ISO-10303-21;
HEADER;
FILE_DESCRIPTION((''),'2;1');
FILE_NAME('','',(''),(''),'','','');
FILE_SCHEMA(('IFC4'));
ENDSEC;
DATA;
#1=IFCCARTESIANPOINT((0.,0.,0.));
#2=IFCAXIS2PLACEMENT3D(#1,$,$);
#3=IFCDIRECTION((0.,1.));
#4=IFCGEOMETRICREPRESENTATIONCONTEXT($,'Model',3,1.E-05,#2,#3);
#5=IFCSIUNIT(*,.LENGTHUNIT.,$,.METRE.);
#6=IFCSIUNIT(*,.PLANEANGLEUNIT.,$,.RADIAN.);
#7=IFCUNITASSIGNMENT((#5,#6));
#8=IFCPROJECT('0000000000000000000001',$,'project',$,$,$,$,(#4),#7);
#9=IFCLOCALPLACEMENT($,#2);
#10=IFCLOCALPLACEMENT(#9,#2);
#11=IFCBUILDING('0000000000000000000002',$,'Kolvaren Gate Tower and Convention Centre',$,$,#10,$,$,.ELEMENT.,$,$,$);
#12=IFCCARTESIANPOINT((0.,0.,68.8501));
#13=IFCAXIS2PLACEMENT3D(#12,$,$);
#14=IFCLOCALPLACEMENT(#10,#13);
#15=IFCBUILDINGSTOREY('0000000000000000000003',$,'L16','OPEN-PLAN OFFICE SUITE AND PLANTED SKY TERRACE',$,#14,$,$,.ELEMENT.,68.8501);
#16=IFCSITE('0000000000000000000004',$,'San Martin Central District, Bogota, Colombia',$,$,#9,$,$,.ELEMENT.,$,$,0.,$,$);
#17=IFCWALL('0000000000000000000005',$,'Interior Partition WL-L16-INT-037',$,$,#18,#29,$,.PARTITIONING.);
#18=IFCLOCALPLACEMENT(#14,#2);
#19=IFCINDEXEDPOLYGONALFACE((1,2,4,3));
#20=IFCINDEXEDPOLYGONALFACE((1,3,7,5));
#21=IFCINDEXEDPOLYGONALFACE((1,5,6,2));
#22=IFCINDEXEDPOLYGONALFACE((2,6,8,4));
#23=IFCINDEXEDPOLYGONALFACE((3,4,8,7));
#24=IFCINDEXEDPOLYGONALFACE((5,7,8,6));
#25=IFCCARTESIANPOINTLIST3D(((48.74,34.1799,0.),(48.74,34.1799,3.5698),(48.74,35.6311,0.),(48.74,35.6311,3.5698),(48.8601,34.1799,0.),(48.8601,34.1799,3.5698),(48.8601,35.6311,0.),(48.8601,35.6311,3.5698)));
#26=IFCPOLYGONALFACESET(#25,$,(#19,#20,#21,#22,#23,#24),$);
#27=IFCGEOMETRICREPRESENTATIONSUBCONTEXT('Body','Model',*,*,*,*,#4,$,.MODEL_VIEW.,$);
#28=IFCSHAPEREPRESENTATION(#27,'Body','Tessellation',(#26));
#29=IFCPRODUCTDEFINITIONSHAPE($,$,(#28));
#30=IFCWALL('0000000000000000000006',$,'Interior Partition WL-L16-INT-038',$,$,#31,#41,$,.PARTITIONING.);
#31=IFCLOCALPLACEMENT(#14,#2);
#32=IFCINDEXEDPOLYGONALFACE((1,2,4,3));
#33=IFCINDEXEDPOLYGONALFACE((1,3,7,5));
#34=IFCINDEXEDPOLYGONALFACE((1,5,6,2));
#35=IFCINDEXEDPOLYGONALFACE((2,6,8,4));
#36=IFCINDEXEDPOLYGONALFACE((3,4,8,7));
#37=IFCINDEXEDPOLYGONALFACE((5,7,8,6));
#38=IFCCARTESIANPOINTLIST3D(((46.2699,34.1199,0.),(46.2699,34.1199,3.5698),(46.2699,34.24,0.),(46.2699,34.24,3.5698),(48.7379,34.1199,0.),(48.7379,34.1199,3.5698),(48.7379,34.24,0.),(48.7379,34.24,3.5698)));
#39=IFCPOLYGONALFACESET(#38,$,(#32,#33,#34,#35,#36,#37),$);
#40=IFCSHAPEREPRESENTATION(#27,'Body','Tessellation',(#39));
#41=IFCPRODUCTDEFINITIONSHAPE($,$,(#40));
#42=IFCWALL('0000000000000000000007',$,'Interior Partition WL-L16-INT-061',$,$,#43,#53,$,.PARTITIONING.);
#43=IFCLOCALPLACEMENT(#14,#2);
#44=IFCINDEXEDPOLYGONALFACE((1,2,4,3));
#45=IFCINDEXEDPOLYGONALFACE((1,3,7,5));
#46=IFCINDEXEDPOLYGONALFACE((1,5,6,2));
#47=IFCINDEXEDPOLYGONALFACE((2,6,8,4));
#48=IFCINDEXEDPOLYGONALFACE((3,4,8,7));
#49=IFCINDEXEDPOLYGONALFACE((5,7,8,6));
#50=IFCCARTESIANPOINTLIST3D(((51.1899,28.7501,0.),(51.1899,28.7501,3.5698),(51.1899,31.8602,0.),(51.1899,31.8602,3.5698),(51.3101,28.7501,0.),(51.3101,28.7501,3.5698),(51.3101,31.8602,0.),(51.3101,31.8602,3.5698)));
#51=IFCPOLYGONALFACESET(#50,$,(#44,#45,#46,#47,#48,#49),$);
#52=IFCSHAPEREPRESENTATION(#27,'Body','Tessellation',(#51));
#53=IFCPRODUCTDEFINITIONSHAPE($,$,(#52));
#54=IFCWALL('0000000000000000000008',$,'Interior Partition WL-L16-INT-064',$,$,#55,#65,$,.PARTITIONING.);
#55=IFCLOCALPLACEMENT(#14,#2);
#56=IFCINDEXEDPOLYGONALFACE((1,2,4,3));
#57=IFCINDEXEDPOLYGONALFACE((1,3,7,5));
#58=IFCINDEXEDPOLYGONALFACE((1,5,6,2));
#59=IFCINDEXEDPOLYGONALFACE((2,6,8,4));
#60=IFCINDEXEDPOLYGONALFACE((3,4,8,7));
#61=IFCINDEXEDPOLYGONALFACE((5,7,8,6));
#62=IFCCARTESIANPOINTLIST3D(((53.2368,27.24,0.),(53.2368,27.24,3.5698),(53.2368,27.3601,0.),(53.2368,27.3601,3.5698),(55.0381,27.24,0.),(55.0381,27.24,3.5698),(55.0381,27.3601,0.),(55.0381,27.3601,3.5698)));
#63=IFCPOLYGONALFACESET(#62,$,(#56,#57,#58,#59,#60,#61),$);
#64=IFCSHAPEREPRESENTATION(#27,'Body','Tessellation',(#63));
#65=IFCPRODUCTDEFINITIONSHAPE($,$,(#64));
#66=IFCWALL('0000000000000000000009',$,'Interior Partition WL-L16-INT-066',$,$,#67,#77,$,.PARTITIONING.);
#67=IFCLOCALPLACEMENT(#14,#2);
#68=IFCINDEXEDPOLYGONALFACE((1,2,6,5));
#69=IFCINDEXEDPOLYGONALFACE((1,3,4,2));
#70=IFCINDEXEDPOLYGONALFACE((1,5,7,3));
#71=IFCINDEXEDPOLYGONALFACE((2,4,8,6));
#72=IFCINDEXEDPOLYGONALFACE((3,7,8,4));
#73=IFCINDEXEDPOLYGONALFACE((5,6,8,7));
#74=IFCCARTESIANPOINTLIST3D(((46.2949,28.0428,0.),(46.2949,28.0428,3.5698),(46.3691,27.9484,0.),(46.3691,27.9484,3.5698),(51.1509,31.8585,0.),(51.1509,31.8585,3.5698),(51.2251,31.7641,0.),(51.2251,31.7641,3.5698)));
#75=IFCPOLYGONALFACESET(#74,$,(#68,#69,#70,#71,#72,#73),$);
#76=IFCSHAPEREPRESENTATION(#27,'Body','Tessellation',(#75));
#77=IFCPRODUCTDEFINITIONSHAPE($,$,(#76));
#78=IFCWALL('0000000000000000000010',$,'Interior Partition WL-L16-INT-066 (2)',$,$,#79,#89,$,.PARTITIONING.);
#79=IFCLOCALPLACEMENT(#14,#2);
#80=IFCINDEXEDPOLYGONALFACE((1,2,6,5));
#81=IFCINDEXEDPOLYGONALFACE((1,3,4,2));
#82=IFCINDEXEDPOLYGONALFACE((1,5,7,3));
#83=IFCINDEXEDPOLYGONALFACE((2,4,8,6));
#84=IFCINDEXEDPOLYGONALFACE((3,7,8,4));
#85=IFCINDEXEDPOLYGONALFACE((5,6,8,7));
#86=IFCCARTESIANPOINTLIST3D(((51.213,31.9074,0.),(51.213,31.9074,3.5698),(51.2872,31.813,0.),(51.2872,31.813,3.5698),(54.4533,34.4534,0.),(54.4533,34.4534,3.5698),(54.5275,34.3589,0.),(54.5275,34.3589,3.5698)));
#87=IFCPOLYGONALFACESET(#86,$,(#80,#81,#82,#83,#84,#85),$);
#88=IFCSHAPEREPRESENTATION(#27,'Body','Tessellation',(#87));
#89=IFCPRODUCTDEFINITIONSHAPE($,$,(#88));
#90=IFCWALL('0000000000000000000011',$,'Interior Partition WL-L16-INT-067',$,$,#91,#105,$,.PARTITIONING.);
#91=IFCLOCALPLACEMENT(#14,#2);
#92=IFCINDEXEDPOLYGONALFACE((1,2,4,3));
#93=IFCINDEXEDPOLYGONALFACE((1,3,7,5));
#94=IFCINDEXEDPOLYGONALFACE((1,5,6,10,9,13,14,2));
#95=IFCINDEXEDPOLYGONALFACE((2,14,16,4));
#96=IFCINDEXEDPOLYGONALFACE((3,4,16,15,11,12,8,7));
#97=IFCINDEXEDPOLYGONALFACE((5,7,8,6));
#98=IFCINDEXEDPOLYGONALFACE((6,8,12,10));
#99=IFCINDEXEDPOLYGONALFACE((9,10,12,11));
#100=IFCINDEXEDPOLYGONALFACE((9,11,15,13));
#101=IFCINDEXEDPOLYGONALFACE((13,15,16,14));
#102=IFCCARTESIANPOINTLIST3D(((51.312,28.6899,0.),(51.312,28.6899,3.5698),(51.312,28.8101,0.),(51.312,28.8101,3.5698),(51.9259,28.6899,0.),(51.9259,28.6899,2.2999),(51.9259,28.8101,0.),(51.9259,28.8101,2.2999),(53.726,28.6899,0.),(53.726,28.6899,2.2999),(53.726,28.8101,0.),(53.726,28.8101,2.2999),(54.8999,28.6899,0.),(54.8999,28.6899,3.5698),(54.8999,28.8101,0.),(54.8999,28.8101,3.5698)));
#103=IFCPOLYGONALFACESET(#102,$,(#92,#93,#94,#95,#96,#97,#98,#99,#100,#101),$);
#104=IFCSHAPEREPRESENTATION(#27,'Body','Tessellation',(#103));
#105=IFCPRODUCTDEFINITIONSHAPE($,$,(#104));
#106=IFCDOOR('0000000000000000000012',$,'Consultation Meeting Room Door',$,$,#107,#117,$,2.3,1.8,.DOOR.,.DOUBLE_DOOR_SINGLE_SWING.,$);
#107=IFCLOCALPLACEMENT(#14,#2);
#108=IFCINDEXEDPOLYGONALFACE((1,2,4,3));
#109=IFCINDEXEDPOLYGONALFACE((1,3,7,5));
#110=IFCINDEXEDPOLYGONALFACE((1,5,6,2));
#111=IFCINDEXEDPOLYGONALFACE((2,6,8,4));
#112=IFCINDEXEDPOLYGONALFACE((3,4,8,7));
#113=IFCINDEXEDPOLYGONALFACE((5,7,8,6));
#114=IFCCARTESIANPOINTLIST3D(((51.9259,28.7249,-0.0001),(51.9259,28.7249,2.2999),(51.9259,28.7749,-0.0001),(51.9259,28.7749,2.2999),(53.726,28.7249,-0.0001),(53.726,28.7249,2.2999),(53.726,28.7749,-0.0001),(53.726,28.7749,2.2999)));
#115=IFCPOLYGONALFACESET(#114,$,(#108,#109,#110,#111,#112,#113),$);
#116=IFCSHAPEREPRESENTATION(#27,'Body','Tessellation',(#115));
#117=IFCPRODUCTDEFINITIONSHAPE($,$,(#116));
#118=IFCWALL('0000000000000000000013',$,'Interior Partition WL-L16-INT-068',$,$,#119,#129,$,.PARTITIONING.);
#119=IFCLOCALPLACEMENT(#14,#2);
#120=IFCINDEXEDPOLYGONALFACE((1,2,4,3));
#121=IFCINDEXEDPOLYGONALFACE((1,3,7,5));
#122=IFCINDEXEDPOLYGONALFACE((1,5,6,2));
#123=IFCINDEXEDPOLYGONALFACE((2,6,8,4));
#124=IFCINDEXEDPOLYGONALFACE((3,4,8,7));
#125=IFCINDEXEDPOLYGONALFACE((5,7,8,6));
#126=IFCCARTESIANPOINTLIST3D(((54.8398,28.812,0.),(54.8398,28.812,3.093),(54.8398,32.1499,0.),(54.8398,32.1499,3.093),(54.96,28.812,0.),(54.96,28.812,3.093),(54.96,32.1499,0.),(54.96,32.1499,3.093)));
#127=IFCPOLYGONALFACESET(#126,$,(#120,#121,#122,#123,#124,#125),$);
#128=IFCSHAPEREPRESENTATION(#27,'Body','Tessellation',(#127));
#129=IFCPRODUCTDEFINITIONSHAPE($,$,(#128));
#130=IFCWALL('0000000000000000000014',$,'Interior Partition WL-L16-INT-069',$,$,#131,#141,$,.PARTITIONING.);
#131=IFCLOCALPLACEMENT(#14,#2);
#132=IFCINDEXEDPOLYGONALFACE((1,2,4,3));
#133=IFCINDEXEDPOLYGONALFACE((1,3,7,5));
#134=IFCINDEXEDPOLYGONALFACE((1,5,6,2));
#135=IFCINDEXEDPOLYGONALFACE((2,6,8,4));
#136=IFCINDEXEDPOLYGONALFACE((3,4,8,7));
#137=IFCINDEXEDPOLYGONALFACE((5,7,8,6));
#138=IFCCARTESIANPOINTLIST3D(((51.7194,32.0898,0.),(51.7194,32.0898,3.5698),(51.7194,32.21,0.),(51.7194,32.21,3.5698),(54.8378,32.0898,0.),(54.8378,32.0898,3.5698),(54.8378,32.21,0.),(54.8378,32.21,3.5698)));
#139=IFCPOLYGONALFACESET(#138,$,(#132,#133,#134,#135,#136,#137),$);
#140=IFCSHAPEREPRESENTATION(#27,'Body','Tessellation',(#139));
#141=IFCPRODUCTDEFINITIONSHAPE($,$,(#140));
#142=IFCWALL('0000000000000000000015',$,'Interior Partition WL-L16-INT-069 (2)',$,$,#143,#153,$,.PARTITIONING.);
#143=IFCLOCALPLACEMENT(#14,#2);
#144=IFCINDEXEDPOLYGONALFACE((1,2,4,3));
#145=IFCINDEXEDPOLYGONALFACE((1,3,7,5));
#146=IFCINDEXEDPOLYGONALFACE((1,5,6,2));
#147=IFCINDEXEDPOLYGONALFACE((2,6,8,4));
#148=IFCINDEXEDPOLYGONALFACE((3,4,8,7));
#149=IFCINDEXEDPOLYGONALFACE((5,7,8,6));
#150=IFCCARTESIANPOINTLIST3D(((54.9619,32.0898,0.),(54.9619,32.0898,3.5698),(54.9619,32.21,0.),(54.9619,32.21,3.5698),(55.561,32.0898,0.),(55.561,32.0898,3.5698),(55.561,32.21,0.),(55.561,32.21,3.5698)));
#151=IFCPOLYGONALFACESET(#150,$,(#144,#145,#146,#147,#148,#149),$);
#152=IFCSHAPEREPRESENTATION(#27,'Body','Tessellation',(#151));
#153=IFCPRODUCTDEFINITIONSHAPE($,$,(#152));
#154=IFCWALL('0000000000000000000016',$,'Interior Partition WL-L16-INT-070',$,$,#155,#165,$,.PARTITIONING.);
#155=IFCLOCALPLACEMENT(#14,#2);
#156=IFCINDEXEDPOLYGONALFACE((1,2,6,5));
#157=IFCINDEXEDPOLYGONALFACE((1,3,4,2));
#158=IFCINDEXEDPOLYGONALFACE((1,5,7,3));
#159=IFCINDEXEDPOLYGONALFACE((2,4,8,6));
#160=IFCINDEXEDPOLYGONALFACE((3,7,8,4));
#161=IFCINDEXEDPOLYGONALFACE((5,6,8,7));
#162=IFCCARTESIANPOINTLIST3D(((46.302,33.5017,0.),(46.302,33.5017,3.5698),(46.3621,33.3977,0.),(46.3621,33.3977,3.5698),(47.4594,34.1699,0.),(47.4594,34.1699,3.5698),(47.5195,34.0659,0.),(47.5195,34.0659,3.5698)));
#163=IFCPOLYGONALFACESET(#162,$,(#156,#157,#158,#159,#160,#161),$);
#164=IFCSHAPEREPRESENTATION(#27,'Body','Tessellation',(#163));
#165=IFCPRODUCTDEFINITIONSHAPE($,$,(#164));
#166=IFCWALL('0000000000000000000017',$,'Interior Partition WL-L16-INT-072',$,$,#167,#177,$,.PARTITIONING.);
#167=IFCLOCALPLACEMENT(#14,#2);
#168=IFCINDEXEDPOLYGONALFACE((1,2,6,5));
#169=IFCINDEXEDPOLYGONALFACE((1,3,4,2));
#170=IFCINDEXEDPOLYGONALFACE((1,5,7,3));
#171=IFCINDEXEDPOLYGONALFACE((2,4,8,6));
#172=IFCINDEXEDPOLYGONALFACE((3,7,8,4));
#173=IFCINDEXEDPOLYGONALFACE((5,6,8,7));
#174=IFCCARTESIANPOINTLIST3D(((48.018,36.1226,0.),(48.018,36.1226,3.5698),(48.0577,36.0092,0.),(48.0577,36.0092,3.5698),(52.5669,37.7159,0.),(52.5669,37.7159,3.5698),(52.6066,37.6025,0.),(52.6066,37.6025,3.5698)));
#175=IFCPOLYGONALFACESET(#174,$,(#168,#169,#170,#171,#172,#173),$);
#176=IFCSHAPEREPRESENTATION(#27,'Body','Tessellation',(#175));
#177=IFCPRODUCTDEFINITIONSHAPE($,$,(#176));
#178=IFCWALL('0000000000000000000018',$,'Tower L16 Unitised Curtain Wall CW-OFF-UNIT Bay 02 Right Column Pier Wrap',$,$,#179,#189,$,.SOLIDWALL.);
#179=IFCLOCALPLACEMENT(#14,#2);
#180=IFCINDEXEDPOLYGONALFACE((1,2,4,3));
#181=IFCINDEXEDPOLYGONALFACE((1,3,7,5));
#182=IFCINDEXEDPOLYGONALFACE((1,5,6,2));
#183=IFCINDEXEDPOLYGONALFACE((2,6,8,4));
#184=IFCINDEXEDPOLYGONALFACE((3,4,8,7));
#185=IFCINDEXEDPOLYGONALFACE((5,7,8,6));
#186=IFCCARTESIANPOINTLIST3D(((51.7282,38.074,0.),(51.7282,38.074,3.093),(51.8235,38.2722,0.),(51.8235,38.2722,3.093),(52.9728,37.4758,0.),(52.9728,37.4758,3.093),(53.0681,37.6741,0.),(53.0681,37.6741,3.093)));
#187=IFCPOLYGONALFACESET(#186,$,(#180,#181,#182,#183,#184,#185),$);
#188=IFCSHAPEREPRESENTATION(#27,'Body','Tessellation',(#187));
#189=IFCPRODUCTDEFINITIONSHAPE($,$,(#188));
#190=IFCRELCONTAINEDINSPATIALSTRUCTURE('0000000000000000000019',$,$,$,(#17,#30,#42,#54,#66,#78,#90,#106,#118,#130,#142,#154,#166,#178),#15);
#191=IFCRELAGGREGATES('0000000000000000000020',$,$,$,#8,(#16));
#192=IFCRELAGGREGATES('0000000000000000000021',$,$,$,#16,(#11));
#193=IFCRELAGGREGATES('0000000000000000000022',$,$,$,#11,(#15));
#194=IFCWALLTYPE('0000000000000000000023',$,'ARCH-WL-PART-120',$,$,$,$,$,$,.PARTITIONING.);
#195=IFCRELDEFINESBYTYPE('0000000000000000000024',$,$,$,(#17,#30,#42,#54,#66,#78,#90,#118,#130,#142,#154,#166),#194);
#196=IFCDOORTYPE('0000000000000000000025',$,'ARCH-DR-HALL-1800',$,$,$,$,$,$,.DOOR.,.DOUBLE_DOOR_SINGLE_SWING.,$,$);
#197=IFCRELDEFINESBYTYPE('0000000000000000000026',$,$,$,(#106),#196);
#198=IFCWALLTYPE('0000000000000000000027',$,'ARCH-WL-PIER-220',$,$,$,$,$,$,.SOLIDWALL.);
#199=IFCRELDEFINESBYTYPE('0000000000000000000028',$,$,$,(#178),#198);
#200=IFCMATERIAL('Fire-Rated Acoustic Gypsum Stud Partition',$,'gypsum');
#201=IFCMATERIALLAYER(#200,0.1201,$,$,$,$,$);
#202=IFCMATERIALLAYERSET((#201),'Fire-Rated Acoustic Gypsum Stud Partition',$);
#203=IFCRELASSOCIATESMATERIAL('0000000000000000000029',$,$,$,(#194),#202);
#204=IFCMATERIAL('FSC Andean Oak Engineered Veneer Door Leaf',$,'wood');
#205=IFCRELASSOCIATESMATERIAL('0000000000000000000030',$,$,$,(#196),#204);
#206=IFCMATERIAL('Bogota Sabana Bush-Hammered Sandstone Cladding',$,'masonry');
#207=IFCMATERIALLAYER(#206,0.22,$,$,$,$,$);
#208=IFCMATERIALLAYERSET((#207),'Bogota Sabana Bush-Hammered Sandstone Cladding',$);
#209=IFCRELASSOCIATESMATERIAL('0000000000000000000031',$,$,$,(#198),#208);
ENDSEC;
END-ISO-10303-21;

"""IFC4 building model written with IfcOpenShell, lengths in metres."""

from ifc_helpers import new_model, si_unit, direction, frame, frame_2d, origin, place, context, subcontext, project, spatial, rectangle, extrude, material, layer, layer_set, type_object, element, fill, save


model = new_model("IFC4")

# Units and contexts
model_context = context("Model", 3, precision=1e-05, world=origin(), true_north=direction((0.0, 1.0)))
body_context = subcontext(model_context, "Body", "Model", "MODEL_VIEW")
ifc_project = project(units=[si_unit("LENGTHUNIT", "METRE"), si_unit("PLANEANGLEUNIT", "RADIAN")], contexts=[model_context])

# Site, building, storey
site_placement = place(None, origin())
site = spatial("IfcSite", under=ifc_project, at=site_placement, Name="San Martin Central District, Bogota, Colombia", CompositionType="ELEMENT", RefElevation=0.0)
building_placement = place(site_placement, origin())
building = spatial("IfcBuilding", under=site, at=building_placement, Name="Kolvaren Gate Tower and Convention Centre", CompositionType="ELEMENT")
storey_placement = place(building_placement, frame((0.0, 0.0, 68.8501)))
storey = spatial("IfcBuildingStorey", under=building, at=storey_placement, Name="L16", Description="OPEN-PLAN OFFICE SUITE AND PLANTED SKY TERRACE", CompositionType="ELEMENT", Elevation=68.8501)

# Walls
ifc_material_1 = material(Name="Fire-Rated Acoustic Gypsum Stud Partition", Category="gypsum")
ifc_layer_1 = layer(ifc_material_1, 0.1201)
ifc_layer_set_1 = layer_set([ifc_layer_1], Name="Fire-Rated Acoustic Gypsum Stud Partition")
wall_type_1 = type_object("IfcWallType", Name="ARCH-WL-PART-120", PredefinedType="PARTITIONING", material=ifc_layer_set_1)
wall_1_placement = place(storey_placement, frame((48.8, 34.1799, 0.0), z_axis=(0.0, 0.0, 1.0), x_axis=(0.0, 1.0, 0.0)))
element("IfcWall", 1, at=wall_1_placement, inside=storey, type_object=wall_type_1, Name="Interior Partition WL-L16-INT-037", PredefinedType="PARTITIONING", context=body_context, shape_type="SweptSolid", body=[
    extrude(rectangle(XDim=1.4512, YDim=0.1201, at=frame_2d((0.7256, 0.0))), origin(), (0.0, 0.0, 1.0), 3.5698),
])
wall_2_placement = place(storey_placement, frame((46.27, 34.1799, 0.0), z_axis=(0.0, 0.0, 1.0), x_axis=(1.0, 0.0, 0.0)))
element("IfcWall", 2, at=wall_2_placement, inside=storey, type_object=wall_type_1, Name="Interior Partition WL-L16-INT-038", PredefinedType="PARTITIONING", context=body_context, shape_type="SweptSolid", body=[
    extrude(rectangle(XDim=2.468, YDim=0.1201, at=frame_2d((1.2339, 0.0))), origin(), (0.0, 0.0, 1.0), 3.5698),
])
wall_3_placement = place(storey_placement, frame((51.25, 28.75, 0.0), z_axis=(0.0, 0.0, 1.0), x_axis=(0.0, 1.0, 0.0)))
element("IfcWall", 3, at=wall_3_placement, inside=storey, type_object=wall_type_1, Name="Interior Partition WL-L16-INT-061", PredefinedType="PARTITIONING", context=body_context, shape_type="SweptSolid", body=[
    extrude(rectangle(XDim=3.1101, YDim=0.1201, at=frame_2d((1.5552, 0.0))), origin(), (0.0, 0.0, 1.0), 3.5698),
])
wall_4_placement = place(storey_placement, frame((53.2368, 27.3, 0.0), z_axis=(0.0, 0.0, 1.0), x_axis=(1.0, 0.0, 0.0)))
element("IfcWall", 4, at=wall_4_placement, inside=storey, type_object=wall_type_1, Name="Interior Partition WL-L16-INT-064", PredefinedType="PARTITIONING", context=body_context, shape_type="SweptSolid", body=[
    extrude(rectangle(XDim=1.8013, YDim=0.1201, at=frame_2d((0.9006, 0.0))), origin(), (0.0, 0.0, 1.0), 3.5698),
])
wall_5_placement = place(storey_placement, frame((46.332, 27.9956, 0.0), z_axis=(0.0, 0.0, 1.0), x_axis=(0.786296, 0.617849, 0.0)))
element("IfcWall", 5, at=wall_5_placement, inside=storey, type_object=wall_type_1, Name="Interior Partition WL-L16-INT-066", PredefinedType="PARTITIONING", context=body_context, shape_type="SweptSolid", body=[
    extrude(rectangle(XDim=6.1758, YDim=0.1201, at=frame_2d((3.0879, 0.0))), origin(), (0.0, 0.0, 1.0), 3.5698),
])
wall_6_placement = place(storey_placement, frame((51.25, 31.8601, 0.0), z_axis=(0.0, 0.0, 1.0), x_axis=(0.786318, 0.617822, 0.0)))
element("IfcWall", 6, at=wall_6_placement, inside=storey, type_object=wall_type_1, Name="Interior Partition WL-L16-INT-066 (2)", PredefinedType="PARTITIONING", context=body_context, shape_type="SweptSolid", body=[
    extrude(rectangle(XDim=4.1208, YDim=0.1201, at=frame_2d((2.0605, 0.0))), origin(), (0.0, 0.0, 1.0), 3.5698),
])

# Wall, opening, door
wall_7_placement = place(storey_placement, frame((51.312, 28.75, 0.0), z_axis=(0.0, 0.0, 1.0), x_axis=(1.0, 0.0, 0.0)))
wall_7 = element("IfcWall", 7, at=wall_7_placement, inside=storey, type_object=wall_type_1, Name="Interior Partition WL-L16-INT-067", PredefinedType="PARTITIONING", context=body_context, shape_type="SweptSolid", body=[
    extrude(rectangle(XDim=3.5879, YDim=0.1201, at=frame_2d((1.7939, 0.0))), origin(), (0.0, 0.0, 1.0), 3.5698),
])
opening_1_placement = place(wall_7_placement, frame((0.614, 0.0, 0.0)))
opening_1 = element("IfcOpeningElement", 8, at=opening_1_placement, cuts=wall_7, PredefinedType="OPENING", context=body_context, shape_type="SweptSolid", body=[
    extrude(rectangle(XDim=1.8, YDim=2.3, at=frame_2d((0.8999, 1.1499))), frame((0.0, 0.0701, 0.0), z_axis=(0.0, -1.0, 0.0), x_axis=(1.0, 0.0, 0.0)), (0.0, 0.0, 1.0), 0.1401),
])
ifc_material_2 = material(Name="FSC Andean Oak Engineered Veneer Door Leaf", Category="wood")
door_type = type_object("IfcDoorType", Name="ARCH-DR-HALL-1800", OperationType="DOUBLE_DOOR_SINGLE_SWING", PredefinedType="DOOR", material=ifc_material_2)
door_placement = place(opening_1_placement, origin())
door = element("IfcDoor", 9, at=door_placement, inside=storey, type_object=door_type, Name="Consultation Meeting Room Door", OperationType="DOUBLE_DOOR_SINGLE_SWING", OverallHeight=2.3, OverallWidth=1.8, PredefinedType="DOOR", context=body_context, shape_type="SweptSolid", body=[
    extrude(rectangle(XDim=1.8, YDim=2.3, at=frame_2d((0.8999, 1.1499))), frame((0.0, 0.0249, 0.0), z_axis=(0.0, -1.0, 0.0), x_axis=(1.0, 0.0, 0.0)), (0.0, 0.0, 1.0), 0.05),
])
fill(opening_1, door)

# Walls
wall_8_placement = place(storey_placement, frame((54.8999, 28.812, 0.0), z_axis=(0.0, 0.0, 1.0), x_axis=(0.0, 1.0, 0.0)))
element("IfcWall", 10, at=wall_8_placement, inside=storey, type_object=wall_type_1, Name="Interior Partition WL-L16-INT-068", PredefinedType="PARTITIONING", context=body_context, shape_type="SweptSolid", body=[
    extrude(rectangle(XDim=3.3379, YDim=0.1201, at=frame_2d((1.6689, 0.0))), origin(), (0.0, 0.0, 1.0), 3.093),
])
wall_9_placement = place(storey_placement, frame((51.7195, 32.1499, 0.0), z_axis=(0.0, 0.0, 1.0), x_axis=(1.0, 0.0, 0.0)))
element("IfcWall", 11, at=wall_9_placement, inside=storey, type_object=wall_type_1, Name="Interior Partition WL-L16-INT-069", PredefinedType="PARTITIONING", context=body_context, shape_type="SweptSolid", body=[
    extrude(rectangle(XDim=3.1184, YDim=0.1201, at=frame_2d((1.5591, 0.0))), origin(), (0.0, 0.0, 1.0), 3.5698),
])
wall_10_placement = place(storey_placement, frame((54.9619, 32.1499, 0.0), z_axis=(0.0, 0.0, 1.0), x_axis=(1.0, 0.0, 0.0)))
element("IfcWall", 12, at=wall_10_placement, inside=storey, type_object=wall_type_1, Name="Interior Partition WL-L16-INT-069 (2)", PredefinedType="PARTITIONING", context=body_context, shape_type="SweptSolid", body=[
    extrude(rectangle(XDim=0.5991, YDim=0.1201, at=frame_2d((0.2996, 0.0))), origin(), (0.0, 0.0, 1.0), 3.5698),
])
wall_11_placement = place(storey_placement, frame((46.332, 33.4497, 0.0), z_axis=(0.0, 0.0, 1.0), x_axis=(0.866043, 0.49997, 0.0)))
element("IfcWall", 13, at=wall_11_placement, inside=storey, type_object=wall_type_1, Name="Interior Partition WL-L16-INT-070", PredefinedType="PARTITIONING", context=body_context, shape_type="SweptSolid", body=[
    extrude(rectangle(XDim=1.3364, YDim=0.1201, at=frame_2d((0.6682, 0.0))), origin(), (0.0, 0.0, 1.0), 3.5698),
])
wall_12_placement = place(storey_placement, frame((48.0378, 36.0659, 0.0), z_axis=(0.0, 0.0, 1.0), x_axis=(0.943783, 0.330567, 0.0)))
element("IfcWall", 14, at=wall_12_placement, inside=storey, type_object=wall_type_1, Name="Interior Partition WL-L16-INT-072", PredefinedType="PARTITIONING", context=body_context, shape_type="SweptSolid", body=[
    extrude(rectangle(XDim=4.8198, YDim=0.1201, at=frame_2d((2.4099, 0.0))), origin(), (0.0, 0.0, 1.0), 3.5698),
])
ifc_material_3 = material(Name="Bogota Sabana Bush-Hammered Sandstone Cladding", Category="masonry")
ifc_layer_2 = layer(ifc_material_3, 0.22)
ifc_layer_set_2 = layer_set([ifc_layer_2], Name="Bogota Sabana Bush-Hammered Sandstone Cladding")
wall_type_2 = type_object("IfcWallType", Name="ARCH-WL-PIER-220", PredefinedType="SOLIDWALL", material=ifc_layer_set_2)
wall_13_placement = place(storey_placement, frame((51.7759, 38.1731, 0.0), z_axis=(0.0, 0.0, 1.0), x_axis=(0.901319, -0.433156, 0.0)))
element("IfcWall", 15, at=wall_13_placement, inside=storey, type_object=wall_type_2, Name="Tower L16 Unitised Curtain Wall CW-OFF-UNIT Bay 02 Right Column Pier Wrap", PredefinedType="SOLIDWALL", context=body_context, shape_type="SweptSolid", body=[
    extrude(rectangle(XDim=1.3809, YDim=0.22, at=frame_2d((0.6904, 0.0))), origin(), (0.0, 0.0, 1.0), 3.093),
])

save(model, "model.ifc")
